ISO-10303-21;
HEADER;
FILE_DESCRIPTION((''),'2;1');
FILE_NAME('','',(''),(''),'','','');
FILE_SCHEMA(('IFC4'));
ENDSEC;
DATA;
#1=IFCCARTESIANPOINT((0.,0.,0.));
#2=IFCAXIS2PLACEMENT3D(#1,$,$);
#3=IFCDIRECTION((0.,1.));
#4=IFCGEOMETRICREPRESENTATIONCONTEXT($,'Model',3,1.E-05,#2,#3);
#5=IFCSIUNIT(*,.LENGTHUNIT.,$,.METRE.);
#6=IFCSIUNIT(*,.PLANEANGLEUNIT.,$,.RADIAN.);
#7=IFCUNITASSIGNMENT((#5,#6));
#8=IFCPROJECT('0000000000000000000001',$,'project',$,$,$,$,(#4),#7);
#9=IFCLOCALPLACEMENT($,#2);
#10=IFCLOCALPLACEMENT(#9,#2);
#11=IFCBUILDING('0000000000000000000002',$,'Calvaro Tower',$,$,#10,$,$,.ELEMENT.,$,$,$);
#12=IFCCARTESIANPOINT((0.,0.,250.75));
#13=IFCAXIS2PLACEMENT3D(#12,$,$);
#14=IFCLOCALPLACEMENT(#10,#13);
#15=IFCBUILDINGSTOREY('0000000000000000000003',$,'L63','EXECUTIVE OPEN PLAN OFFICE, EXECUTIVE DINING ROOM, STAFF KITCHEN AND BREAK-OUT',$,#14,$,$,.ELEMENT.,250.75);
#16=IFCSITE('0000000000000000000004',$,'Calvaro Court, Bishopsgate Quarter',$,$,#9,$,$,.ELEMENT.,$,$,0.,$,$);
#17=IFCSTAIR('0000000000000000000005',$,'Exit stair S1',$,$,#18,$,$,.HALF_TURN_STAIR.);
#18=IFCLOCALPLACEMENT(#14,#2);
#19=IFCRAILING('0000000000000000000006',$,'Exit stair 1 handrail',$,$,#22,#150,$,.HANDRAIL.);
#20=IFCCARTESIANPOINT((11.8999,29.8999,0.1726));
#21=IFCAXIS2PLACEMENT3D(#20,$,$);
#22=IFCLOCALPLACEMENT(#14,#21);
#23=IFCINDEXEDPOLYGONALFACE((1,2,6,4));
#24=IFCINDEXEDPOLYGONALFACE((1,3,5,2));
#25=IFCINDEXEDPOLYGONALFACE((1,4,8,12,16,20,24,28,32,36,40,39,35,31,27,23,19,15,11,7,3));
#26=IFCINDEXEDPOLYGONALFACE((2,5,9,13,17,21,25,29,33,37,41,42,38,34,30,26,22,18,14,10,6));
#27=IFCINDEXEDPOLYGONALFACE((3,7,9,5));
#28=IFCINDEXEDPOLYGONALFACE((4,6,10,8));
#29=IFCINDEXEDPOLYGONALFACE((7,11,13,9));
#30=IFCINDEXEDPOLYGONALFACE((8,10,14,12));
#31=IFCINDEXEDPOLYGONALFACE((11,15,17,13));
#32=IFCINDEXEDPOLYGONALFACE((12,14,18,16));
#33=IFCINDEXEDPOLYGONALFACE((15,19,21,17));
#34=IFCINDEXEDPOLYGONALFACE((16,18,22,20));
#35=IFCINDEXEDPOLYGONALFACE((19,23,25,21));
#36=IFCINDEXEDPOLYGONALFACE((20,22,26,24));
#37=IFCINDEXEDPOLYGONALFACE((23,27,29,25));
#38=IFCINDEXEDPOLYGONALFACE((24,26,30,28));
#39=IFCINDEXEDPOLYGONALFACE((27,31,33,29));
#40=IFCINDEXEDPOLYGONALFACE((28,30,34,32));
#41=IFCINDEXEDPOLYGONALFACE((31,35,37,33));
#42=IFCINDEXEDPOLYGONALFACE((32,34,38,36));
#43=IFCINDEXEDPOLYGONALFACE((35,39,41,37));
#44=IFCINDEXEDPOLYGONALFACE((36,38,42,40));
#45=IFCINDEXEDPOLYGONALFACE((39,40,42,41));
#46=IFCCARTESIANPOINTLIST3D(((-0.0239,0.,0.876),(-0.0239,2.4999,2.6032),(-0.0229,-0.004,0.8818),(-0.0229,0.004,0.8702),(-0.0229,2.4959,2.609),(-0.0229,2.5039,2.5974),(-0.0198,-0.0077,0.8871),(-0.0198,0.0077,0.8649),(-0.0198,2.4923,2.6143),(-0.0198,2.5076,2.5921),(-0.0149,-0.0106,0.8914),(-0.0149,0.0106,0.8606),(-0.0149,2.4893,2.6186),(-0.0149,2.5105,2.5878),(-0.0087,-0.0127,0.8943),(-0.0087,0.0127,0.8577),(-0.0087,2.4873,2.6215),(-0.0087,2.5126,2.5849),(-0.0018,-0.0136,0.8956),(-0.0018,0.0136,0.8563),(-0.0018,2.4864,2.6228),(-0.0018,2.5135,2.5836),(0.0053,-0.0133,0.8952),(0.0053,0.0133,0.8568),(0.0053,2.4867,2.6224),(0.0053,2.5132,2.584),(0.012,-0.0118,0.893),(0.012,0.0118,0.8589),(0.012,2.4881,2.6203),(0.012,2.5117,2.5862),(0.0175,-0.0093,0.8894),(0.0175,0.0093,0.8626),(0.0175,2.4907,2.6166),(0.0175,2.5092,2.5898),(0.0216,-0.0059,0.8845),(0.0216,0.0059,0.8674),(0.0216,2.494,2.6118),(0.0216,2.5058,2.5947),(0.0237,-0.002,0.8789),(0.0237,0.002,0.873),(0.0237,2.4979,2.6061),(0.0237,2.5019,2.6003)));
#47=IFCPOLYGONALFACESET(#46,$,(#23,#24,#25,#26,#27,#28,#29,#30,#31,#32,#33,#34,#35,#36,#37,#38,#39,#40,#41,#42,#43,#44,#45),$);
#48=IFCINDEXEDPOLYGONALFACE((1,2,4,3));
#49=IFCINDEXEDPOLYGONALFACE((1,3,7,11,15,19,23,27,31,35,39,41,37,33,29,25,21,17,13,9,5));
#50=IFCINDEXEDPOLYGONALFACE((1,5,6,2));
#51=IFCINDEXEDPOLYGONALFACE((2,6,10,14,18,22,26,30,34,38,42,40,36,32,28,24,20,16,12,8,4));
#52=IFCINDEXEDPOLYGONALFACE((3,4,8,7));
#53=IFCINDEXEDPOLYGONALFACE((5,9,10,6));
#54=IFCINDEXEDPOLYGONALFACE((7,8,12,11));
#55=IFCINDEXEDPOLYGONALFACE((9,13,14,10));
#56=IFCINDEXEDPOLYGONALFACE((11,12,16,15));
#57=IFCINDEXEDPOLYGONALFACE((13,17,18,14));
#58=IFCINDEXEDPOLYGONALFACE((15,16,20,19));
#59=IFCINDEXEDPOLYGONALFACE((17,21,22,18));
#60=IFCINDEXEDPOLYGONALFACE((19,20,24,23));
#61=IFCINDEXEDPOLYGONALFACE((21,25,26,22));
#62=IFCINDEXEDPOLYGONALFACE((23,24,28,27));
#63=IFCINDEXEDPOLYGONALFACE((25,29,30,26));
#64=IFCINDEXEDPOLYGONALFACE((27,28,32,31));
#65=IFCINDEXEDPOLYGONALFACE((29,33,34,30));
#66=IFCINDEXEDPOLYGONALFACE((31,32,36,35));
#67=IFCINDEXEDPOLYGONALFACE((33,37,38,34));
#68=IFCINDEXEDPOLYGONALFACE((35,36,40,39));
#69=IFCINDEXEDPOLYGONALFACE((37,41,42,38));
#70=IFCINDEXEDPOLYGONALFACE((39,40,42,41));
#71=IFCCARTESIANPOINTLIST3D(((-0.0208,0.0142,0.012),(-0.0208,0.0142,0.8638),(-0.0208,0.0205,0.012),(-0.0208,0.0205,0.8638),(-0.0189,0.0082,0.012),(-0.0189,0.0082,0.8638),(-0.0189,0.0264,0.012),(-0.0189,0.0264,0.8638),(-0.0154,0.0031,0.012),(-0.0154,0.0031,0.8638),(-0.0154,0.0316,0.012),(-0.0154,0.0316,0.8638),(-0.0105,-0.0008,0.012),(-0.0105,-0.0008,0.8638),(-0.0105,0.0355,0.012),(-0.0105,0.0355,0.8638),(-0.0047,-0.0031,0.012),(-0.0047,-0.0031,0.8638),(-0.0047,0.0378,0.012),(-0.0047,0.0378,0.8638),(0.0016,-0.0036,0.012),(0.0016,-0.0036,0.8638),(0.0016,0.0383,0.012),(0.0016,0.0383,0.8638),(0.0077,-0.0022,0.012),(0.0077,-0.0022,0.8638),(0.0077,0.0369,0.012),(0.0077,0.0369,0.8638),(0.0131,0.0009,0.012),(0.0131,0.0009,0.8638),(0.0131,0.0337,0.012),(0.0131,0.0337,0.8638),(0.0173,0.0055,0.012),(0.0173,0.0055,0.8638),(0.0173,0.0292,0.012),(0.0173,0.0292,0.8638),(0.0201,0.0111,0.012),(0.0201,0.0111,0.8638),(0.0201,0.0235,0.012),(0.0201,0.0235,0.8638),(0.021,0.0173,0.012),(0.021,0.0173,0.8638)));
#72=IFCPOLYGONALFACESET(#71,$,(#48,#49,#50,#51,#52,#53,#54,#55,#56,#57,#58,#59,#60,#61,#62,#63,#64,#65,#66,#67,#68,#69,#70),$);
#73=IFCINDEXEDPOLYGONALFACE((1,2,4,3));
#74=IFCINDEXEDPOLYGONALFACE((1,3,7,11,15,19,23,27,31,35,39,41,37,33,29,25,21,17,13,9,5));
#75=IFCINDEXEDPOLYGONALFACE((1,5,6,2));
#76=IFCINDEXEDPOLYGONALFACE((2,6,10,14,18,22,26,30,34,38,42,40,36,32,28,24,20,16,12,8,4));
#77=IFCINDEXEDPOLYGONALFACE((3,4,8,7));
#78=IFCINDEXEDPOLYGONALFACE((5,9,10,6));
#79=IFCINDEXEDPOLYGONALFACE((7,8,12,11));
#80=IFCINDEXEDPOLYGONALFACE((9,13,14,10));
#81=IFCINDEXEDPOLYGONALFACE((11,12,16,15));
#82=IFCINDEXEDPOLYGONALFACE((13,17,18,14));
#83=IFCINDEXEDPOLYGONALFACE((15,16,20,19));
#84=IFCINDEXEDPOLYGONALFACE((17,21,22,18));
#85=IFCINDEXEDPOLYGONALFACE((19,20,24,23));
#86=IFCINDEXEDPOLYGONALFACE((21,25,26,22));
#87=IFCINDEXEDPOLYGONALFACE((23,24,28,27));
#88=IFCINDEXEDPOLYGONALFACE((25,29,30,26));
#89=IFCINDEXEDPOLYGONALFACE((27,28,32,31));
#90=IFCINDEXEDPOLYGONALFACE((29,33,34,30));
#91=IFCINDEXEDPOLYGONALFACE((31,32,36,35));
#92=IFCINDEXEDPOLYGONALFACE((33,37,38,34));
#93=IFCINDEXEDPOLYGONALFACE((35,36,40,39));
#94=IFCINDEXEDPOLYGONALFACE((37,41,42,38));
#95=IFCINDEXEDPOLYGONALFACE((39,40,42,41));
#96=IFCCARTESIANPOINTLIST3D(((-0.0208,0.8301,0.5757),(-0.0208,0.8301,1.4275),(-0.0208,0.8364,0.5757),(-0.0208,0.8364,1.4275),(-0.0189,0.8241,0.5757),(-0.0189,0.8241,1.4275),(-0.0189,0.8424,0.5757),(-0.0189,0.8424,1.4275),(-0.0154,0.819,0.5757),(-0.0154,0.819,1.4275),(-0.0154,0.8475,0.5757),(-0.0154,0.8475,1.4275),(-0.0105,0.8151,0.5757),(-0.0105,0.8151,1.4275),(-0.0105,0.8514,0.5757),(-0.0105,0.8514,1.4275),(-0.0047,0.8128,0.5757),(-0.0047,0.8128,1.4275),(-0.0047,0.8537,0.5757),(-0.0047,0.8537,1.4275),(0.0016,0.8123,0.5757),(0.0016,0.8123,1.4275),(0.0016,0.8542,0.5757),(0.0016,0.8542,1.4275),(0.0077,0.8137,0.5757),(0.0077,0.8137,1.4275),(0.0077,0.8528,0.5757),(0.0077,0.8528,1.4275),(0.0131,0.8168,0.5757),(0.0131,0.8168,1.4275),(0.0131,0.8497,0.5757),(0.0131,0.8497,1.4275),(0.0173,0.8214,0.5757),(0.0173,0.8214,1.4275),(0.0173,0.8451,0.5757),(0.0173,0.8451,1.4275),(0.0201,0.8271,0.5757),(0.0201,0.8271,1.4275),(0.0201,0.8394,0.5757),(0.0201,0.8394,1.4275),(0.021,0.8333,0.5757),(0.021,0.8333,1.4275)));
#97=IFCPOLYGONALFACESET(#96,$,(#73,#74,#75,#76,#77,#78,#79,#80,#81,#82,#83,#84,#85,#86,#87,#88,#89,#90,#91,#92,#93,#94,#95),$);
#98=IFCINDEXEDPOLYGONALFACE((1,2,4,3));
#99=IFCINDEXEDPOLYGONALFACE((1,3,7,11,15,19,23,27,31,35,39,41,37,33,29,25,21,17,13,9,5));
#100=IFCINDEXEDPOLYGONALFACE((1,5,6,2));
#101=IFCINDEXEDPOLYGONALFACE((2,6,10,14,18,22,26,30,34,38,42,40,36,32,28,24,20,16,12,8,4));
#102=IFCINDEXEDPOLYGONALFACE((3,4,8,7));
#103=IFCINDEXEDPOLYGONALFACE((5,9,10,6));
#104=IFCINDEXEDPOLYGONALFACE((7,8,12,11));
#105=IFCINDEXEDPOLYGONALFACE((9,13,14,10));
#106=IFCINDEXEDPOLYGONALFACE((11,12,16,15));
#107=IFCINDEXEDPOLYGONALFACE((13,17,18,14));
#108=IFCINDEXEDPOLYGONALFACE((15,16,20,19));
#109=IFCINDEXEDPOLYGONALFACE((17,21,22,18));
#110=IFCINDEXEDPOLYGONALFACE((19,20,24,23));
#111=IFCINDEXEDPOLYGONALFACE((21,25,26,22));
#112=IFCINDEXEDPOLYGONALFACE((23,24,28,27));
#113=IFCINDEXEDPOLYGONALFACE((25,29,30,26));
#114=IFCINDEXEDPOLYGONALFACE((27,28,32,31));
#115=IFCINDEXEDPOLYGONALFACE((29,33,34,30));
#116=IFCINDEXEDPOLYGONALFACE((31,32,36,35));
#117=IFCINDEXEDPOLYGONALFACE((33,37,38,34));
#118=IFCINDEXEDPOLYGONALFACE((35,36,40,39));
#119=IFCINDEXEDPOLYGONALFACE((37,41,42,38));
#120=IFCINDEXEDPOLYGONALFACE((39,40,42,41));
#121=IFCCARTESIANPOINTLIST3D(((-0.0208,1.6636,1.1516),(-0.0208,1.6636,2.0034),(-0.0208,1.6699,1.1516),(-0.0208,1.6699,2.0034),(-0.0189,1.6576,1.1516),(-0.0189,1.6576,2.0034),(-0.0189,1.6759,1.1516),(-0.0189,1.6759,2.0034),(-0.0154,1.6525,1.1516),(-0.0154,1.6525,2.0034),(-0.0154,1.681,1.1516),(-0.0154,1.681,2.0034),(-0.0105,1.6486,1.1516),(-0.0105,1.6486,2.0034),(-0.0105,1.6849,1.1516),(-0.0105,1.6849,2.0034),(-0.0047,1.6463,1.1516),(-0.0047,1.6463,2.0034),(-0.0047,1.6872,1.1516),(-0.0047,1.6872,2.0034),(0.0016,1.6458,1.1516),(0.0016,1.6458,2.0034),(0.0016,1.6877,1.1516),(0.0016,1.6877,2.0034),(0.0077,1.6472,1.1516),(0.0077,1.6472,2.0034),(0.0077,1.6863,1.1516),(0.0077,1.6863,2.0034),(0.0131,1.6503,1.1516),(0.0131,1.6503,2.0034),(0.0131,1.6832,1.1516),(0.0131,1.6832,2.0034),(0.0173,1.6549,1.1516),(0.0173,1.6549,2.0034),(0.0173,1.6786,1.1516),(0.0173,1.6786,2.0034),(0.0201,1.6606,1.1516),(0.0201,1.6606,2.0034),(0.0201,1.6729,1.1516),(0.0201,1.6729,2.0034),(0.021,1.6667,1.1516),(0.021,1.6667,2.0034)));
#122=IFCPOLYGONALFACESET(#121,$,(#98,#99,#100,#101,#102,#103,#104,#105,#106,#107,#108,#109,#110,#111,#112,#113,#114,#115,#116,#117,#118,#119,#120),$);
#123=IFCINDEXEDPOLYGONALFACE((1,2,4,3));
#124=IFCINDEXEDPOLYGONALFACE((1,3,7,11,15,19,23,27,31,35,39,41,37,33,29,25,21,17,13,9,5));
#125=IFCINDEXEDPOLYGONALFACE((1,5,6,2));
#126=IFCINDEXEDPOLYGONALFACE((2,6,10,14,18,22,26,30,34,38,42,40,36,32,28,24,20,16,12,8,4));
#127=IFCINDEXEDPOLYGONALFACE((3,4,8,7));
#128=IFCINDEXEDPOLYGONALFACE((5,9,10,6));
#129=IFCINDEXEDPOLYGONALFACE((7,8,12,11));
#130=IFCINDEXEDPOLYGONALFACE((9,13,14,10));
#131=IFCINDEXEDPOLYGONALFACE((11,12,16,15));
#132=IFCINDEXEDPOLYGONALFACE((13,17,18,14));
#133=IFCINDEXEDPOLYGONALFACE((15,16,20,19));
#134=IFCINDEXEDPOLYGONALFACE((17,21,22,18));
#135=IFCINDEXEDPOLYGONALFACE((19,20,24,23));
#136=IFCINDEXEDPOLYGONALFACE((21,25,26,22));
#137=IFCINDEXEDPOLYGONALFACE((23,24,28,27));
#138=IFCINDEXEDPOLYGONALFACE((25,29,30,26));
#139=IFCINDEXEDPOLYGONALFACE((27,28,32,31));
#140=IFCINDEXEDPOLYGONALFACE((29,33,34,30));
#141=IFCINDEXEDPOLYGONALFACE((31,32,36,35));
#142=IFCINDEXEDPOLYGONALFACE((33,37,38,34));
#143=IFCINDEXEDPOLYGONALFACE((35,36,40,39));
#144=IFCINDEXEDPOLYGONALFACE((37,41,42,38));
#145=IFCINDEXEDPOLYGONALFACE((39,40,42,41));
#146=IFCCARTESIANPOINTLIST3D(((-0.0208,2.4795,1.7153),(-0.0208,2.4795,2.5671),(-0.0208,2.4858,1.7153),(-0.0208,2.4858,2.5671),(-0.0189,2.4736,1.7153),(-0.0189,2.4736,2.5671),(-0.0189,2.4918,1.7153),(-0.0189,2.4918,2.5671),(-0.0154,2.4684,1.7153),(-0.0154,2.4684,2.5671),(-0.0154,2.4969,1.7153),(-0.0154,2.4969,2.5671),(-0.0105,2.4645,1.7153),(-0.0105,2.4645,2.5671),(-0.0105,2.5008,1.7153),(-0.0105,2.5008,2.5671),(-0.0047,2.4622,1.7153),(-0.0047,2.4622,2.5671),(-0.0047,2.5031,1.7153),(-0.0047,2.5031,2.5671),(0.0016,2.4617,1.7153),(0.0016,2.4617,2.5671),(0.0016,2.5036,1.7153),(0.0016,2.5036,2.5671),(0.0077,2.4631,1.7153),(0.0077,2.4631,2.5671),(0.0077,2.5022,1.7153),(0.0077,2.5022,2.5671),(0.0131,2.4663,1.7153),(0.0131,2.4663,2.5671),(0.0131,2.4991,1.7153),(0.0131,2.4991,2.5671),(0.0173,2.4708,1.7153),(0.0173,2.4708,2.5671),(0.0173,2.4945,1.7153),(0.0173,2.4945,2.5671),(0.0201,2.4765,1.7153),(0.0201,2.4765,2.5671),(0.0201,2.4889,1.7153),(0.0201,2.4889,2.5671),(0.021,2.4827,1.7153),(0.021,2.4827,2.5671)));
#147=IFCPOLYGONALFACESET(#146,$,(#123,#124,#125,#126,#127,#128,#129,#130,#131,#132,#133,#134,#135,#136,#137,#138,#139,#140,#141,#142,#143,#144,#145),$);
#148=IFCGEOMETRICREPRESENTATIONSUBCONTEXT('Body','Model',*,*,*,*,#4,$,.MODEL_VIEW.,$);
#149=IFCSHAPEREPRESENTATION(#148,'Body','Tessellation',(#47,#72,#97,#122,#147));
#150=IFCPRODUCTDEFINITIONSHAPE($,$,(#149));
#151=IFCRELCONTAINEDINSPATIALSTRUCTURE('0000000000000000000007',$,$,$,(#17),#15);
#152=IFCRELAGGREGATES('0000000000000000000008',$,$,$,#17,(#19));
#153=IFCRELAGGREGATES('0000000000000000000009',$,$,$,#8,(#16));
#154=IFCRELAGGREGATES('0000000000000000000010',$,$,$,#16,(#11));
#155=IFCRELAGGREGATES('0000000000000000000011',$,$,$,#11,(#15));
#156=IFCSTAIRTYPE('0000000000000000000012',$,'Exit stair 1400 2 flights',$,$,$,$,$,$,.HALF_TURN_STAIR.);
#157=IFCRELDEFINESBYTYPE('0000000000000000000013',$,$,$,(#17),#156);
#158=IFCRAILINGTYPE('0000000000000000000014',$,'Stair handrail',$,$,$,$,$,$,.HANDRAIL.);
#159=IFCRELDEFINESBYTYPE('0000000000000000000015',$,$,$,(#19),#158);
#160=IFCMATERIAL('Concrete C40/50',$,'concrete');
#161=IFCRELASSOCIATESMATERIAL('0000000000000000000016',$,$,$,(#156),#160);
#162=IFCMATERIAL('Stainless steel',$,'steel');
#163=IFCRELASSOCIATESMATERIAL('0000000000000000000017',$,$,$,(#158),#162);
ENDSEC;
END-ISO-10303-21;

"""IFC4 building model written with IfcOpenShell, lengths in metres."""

from ifc_helpers import new_model, si_unit, direction, frame, origin, origin_2d, place, context, subcontext, project, spatial, circle, extrude, material, type_object, element, aggregate, save


model = new_model("IFC4")

# Units and contexts
model_context = context("Model", 3, precision=1e-05, world=origin(), true_north=direction((0.0, 1.0)))
body_context = subcontext(model_context, "Body", "Model", "MODEL_VIEW")
ifc_project = project(units=[si_unit("LENGTHUNIT", "METRE"), si_unit("PLANEANGLEUNIT", "RADIAN")], contexts=[model_context])

# Site, building, storey
site_placement = place(None, origin())
site = spatial("IfcSite", under=ifc_project, at=site_placement, Name="Calvaro Court, Bishopsgate Quarter", CompositionType="ELEMENT", RefElevation=0.0)
building_placement = place(site_placement, origin())
building = spatial("IfcBuilding", under=site, at=building_placement, Name="Calvaro Tower", CompositionType="ELEMENT")
storey_placement = place(building_placement, frame((0.0, 0.0, 250.75)))
storey = spatial("IfcBuildingStorey", under=building, at=storey_placement, Name="L63", Description="EXECUTIVE OPEN PLAN OFFICE, EXECUTIVE DINING ROOM, STAFF KITCHEN AND BREAK-OUT", CompositionType="ELEMENT", Elevation=250.75)

# Stair, railing
ifc_material_1 = material(Name="Concrete C40/50", Category="concrete")
stair_type = type_object("IfcStairType", Name="Exit stair 1400 2 flights", PredefinedType="HALF_TURN_STAIR", material=ifc_material_1)
stair_placement = place(storey_placement, origin())
stair = element("IfcStair", 1, at=stair_placement, inside=storey, type_object=stair_type, Name="Exit stair S1", PredefinedType="HALF_TURN_STAIR")
ifc_material_2 = material(Name="Stainless steel", Category="steel")
railing_type = type_object("IfcRailingType", Name="Stair handrail", PredefinedType="HANDRAIL", material=ifc_material_2)
railing_1_placement = place(storey_placement, frame((11.8999, 29.8999, 0.1726)))
railing_1 = element("IfcRailing", 2, at=railing_1_placement, type_object=railing_type, Name="Exit stair 1 handrail", PredefinedType="HANDRAIL", context=body_context, shape_type="SweptSolid", body=[
    extrude(circle(Radius=0.0239, at=origin_2d()), frame((0.0, 0.0, 0.876), z_axis=(0.0, 0.822727, 0.568437), x_axis=(-1.0, 0.0, 0.0)), (0.0, 0.0, 1.0), 3.0386),
    extrude(circle(Radius=0.021, at=origin_2d()), frame((0.0, 0.0173, 0.012)), (0.0, 0.0, 1.0), 0.8518),
    extrude(circle(Radius=0.021, at=origin_2d()), frame((0.0, 0.8333, 0.5757)), (0.0, 0.0, 1.0), 0.8518),
    extrude(circle(Radius=0.021, at=origin_2d()), frame((0.0, 1.6667, 1.1516)), (0.0, 0.0, 1.0), 0.8518),
    extrude(circle(Radius=0.021, at=origin_2d()), frame((0.0, 2.4827, 1.7153)), (0.0, 0.0, 1.0), 0.8518),
])
aggregate(stair, [railing_1])

save(model, "model.ifc")
